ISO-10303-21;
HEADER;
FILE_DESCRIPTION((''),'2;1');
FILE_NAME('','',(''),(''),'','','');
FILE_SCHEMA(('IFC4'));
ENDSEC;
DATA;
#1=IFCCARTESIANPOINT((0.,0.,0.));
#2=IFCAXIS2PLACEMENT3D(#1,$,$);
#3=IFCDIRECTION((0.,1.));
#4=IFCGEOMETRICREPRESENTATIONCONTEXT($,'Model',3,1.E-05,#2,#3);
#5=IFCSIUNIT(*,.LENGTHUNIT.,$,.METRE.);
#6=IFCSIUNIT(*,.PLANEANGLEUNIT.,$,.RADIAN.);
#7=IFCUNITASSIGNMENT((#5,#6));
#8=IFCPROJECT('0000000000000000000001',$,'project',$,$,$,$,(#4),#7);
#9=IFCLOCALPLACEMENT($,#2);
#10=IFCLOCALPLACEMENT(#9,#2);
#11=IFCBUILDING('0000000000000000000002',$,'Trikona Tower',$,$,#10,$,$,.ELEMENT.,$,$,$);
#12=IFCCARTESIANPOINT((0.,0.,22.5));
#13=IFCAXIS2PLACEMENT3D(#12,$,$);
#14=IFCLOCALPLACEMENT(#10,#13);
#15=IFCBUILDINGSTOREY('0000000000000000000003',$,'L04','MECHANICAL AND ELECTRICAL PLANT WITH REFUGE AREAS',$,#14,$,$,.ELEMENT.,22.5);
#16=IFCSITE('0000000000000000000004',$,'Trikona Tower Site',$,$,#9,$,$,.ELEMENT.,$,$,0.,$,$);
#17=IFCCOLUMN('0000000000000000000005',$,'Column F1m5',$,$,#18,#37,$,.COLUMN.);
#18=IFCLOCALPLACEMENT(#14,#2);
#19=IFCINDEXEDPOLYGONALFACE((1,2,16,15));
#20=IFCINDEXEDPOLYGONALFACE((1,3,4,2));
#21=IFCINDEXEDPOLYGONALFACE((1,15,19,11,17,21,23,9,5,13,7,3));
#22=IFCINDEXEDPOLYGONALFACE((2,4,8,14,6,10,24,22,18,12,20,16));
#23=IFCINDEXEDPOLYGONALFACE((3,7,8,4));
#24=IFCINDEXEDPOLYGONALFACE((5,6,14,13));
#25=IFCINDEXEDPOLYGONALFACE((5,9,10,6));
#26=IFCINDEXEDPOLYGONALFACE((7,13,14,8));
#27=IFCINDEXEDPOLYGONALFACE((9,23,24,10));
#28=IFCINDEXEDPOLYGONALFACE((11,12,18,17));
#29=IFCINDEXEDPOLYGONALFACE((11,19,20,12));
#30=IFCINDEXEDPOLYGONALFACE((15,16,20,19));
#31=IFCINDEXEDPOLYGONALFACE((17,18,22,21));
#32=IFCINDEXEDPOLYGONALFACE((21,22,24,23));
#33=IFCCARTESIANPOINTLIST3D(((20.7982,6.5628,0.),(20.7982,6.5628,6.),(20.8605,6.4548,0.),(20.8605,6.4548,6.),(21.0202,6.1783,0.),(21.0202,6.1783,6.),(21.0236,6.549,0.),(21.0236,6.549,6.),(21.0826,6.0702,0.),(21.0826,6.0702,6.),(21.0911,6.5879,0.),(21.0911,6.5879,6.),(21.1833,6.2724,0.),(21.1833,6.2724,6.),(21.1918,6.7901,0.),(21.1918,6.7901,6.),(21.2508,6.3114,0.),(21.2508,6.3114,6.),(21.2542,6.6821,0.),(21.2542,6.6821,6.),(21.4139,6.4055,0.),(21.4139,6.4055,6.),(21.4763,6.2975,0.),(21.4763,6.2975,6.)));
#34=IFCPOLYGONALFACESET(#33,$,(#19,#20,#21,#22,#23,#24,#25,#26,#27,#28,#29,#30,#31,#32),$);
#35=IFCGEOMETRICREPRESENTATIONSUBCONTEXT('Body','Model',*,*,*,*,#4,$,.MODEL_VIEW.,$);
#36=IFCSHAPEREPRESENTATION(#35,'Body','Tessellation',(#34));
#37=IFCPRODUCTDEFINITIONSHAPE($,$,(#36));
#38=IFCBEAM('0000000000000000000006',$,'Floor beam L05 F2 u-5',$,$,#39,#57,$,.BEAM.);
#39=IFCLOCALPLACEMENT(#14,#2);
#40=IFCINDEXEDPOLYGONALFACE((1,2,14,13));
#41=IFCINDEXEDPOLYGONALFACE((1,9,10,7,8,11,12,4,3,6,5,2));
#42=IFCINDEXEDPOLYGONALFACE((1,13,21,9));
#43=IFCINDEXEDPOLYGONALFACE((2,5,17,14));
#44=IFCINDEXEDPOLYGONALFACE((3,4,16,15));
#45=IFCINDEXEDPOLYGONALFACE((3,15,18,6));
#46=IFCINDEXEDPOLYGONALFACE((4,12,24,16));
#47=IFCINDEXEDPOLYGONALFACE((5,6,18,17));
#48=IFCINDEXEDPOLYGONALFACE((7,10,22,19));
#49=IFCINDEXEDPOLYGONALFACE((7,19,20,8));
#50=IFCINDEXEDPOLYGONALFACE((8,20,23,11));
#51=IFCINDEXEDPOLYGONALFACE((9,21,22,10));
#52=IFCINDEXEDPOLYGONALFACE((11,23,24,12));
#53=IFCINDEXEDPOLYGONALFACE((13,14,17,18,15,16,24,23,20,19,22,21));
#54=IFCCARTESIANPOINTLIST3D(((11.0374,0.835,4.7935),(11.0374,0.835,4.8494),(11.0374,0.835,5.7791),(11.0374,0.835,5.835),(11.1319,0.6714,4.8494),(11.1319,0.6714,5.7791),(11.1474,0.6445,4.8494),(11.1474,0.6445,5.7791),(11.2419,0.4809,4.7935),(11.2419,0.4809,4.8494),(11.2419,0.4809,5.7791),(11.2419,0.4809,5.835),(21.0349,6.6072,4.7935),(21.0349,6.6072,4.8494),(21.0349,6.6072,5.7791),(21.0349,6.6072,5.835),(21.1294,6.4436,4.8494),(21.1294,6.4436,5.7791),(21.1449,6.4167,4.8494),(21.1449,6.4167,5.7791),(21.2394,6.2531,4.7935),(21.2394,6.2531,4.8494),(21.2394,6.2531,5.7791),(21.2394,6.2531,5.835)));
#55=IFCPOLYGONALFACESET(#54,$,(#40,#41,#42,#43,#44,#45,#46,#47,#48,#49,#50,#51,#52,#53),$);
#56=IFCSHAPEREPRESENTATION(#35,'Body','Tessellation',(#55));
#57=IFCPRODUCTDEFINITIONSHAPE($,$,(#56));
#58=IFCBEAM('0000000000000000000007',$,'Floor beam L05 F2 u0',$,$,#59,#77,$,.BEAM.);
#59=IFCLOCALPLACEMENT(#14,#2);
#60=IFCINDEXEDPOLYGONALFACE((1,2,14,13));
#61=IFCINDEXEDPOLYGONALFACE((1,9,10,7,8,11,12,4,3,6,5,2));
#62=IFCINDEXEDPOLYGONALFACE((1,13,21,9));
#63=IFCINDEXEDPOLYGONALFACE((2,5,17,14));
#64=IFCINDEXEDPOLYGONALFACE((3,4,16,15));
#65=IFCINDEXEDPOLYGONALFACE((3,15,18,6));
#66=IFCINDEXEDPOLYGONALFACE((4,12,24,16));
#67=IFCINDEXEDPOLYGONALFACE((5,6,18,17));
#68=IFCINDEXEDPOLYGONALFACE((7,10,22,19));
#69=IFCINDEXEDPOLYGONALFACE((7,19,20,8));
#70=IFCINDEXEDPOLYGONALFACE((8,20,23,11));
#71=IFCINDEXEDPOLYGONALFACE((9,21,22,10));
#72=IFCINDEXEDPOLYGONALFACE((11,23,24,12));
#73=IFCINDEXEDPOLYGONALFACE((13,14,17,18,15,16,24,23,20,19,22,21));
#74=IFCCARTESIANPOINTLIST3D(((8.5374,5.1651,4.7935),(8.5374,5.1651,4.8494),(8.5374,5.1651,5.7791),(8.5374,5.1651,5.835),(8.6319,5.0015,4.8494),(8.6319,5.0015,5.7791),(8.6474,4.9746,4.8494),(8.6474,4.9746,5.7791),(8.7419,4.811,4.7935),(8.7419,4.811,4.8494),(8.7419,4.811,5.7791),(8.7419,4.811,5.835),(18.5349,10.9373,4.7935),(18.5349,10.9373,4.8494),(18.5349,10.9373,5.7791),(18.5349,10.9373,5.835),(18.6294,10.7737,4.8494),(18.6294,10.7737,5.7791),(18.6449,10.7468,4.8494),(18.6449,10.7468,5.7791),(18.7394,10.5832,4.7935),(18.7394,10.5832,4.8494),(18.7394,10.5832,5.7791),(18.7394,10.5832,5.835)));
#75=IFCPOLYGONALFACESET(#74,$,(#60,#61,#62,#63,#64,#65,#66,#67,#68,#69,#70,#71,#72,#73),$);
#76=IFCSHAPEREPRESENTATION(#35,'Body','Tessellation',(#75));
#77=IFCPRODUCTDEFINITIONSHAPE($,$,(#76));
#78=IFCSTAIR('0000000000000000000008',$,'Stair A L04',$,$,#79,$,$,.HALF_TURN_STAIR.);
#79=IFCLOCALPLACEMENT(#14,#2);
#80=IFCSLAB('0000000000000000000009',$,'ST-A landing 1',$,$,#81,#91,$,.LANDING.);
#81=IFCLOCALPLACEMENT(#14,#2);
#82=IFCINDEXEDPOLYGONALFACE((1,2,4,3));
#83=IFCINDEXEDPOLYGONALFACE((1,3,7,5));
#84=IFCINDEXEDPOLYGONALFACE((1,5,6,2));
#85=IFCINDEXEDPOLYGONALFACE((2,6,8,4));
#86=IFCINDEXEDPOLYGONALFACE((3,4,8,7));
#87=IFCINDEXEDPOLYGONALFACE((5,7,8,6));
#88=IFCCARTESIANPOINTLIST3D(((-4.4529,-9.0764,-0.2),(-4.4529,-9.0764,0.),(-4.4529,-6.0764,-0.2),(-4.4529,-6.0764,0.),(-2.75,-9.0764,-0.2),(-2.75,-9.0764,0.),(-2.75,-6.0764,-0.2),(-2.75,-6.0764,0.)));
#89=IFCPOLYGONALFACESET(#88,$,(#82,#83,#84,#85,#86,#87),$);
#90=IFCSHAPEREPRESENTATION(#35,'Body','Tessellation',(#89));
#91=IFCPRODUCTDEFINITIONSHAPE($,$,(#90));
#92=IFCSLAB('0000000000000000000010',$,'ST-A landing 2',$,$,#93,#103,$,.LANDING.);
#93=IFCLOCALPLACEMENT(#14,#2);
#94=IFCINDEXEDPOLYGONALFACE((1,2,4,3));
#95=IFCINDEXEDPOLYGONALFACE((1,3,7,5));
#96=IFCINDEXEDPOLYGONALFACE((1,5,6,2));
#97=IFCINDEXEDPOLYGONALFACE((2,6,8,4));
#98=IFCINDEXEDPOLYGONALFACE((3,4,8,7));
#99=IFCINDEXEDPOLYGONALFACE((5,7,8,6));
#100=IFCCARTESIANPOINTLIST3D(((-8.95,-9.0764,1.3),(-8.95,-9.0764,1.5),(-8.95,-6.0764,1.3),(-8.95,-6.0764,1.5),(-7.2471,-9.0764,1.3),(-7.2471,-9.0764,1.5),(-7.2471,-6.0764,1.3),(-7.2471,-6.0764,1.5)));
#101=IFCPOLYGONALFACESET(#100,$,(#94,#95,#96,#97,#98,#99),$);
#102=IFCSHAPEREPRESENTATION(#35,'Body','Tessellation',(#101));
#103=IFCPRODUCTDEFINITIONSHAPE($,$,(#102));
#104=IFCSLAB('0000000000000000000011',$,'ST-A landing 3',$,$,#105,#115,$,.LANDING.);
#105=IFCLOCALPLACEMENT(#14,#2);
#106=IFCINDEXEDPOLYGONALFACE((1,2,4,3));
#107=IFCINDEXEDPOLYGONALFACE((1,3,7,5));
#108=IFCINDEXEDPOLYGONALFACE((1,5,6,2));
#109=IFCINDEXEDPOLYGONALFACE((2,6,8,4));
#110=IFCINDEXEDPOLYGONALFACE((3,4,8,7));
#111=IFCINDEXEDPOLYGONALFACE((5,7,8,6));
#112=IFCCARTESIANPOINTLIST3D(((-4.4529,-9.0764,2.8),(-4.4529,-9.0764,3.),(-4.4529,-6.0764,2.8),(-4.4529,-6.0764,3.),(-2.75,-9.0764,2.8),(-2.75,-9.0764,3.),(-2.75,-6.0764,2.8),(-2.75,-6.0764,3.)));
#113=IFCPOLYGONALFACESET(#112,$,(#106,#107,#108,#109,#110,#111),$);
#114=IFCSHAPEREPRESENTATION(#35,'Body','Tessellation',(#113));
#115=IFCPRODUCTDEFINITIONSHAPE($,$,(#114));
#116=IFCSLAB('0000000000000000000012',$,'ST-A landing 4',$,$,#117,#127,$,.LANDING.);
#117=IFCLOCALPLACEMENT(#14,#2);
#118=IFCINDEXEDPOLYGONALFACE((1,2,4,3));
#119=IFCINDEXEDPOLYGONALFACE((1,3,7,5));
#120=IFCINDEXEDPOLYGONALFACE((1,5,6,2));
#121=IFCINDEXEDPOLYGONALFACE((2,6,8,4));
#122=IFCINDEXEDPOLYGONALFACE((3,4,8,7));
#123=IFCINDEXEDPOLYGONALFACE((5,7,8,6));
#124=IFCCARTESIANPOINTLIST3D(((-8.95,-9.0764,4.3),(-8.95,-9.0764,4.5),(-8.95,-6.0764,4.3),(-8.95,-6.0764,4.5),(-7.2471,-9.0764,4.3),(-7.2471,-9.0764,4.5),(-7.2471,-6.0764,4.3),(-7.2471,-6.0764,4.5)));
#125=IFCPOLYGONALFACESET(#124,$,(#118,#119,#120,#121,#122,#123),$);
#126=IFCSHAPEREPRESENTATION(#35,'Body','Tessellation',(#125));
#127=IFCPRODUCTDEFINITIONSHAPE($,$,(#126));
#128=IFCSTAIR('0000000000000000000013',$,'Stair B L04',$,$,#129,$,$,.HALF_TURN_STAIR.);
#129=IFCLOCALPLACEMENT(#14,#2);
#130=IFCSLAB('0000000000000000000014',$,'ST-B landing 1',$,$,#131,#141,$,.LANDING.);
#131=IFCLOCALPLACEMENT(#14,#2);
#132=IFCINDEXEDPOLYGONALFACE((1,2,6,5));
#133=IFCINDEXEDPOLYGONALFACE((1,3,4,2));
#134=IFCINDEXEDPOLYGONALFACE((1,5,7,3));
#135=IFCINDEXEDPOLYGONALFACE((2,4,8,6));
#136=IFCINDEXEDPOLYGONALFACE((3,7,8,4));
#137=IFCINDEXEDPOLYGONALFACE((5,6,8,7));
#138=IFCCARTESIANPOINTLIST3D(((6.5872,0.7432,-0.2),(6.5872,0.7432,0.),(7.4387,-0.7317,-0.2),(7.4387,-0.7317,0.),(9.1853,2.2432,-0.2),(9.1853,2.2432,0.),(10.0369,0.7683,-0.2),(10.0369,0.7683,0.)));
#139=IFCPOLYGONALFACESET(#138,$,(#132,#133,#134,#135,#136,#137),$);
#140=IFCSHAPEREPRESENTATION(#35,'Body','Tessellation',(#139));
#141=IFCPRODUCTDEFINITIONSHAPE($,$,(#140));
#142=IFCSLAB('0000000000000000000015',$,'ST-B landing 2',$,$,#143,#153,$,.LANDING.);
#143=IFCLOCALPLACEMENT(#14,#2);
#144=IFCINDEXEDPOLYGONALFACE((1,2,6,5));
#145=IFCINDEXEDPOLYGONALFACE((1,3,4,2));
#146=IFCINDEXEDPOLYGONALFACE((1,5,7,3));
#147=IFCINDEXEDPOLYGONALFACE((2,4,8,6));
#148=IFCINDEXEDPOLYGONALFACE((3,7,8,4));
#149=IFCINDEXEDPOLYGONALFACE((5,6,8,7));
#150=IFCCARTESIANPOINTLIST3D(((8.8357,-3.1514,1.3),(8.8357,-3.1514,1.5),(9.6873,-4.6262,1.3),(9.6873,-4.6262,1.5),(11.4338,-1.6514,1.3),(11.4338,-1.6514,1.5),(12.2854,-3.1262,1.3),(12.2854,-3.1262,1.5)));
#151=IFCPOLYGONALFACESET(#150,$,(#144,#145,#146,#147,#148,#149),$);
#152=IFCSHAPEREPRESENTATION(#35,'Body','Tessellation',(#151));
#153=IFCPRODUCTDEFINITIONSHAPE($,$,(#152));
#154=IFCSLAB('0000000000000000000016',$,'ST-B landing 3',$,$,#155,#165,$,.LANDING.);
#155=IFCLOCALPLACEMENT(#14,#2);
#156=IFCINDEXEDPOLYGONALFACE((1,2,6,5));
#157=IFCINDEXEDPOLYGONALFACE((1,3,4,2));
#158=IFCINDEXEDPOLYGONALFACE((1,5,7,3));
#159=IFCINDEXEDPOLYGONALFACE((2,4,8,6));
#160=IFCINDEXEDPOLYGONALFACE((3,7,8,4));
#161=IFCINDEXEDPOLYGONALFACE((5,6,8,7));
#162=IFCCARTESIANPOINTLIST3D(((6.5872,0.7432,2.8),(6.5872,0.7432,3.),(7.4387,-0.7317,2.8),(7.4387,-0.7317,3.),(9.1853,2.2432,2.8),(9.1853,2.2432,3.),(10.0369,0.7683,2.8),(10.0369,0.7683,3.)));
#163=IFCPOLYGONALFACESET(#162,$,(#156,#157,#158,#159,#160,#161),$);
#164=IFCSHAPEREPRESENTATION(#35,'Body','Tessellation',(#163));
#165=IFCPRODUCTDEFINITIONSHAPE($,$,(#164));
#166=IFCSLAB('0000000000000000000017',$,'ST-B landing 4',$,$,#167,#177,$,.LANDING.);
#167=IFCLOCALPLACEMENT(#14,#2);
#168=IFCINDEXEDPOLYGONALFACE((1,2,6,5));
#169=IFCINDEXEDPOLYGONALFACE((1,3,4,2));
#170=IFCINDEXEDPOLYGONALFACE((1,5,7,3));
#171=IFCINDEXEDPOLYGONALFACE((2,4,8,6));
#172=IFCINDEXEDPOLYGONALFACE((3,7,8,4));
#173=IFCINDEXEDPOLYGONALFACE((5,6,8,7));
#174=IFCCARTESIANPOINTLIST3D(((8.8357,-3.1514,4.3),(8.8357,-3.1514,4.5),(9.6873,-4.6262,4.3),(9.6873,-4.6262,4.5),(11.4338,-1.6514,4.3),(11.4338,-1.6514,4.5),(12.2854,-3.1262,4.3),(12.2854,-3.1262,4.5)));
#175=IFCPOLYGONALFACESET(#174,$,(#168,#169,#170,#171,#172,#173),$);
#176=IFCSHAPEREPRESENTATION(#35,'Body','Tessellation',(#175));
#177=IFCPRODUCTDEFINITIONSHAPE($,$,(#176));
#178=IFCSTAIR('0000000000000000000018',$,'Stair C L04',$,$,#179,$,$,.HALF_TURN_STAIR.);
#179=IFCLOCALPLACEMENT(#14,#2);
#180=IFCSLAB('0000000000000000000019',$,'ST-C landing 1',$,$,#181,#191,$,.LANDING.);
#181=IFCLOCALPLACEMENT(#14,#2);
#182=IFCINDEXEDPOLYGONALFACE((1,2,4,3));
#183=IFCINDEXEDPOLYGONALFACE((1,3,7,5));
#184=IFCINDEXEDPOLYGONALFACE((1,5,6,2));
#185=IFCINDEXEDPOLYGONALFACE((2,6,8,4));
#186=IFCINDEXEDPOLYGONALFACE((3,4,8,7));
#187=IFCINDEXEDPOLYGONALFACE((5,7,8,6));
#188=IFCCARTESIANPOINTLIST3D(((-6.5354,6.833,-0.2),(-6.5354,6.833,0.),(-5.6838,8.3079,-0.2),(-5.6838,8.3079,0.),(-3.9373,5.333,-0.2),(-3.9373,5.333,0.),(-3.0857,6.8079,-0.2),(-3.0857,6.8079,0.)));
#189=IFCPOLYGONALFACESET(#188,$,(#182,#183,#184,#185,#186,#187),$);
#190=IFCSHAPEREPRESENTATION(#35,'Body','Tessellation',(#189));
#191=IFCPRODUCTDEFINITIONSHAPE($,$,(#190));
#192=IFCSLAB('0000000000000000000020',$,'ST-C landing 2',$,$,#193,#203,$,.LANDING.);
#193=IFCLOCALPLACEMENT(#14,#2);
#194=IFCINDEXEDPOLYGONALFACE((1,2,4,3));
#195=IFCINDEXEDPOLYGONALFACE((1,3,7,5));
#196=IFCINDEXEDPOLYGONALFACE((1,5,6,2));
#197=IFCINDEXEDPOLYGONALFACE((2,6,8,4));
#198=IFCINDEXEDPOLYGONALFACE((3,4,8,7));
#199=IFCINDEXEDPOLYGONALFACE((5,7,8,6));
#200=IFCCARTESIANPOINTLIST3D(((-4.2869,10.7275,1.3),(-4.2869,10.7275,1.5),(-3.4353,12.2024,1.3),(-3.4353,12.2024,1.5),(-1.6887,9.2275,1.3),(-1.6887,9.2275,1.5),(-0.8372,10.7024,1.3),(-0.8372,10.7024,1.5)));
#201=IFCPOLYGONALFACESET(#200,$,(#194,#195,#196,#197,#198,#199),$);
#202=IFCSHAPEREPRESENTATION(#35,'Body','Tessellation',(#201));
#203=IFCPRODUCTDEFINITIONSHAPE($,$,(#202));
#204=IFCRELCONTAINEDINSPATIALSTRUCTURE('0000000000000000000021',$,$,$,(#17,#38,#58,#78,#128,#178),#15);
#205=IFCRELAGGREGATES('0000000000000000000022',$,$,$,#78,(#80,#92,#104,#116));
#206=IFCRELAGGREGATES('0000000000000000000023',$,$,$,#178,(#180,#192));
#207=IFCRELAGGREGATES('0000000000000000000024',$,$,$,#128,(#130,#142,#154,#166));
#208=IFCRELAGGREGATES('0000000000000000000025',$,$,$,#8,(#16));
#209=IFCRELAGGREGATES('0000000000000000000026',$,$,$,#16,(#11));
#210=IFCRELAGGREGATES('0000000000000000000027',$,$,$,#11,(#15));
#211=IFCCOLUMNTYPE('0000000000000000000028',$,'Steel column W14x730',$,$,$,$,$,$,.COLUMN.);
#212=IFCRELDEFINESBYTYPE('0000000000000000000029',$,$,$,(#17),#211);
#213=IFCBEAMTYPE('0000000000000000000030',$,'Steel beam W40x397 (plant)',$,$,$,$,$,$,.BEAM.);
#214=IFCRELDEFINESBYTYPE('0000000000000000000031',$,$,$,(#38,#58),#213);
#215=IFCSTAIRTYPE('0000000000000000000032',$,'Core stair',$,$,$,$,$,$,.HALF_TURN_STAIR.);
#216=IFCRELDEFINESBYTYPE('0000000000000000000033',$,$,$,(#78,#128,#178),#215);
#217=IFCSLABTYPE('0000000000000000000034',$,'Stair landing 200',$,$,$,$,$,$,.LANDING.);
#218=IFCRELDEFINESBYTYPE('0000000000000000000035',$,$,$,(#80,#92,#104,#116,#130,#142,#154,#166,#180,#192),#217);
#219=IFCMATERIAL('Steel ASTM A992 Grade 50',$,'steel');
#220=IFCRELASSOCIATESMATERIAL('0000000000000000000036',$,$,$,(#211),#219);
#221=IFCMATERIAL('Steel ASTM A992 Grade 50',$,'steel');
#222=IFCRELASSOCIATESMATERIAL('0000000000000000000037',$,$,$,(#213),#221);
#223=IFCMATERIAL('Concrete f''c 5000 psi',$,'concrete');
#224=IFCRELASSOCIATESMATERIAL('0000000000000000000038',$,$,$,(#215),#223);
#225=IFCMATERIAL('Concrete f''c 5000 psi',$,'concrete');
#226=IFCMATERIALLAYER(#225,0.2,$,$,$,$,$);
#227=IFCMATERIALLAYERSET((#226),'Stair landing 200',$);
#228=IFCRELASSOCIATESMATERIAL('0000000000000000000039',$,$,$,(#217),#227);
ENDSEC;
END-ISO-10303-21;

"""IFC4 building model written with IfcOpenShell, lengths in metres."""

from ifc_helpers import new_model, si_unit, direction, frame, origin, origin_2d, place, context, subcontext, project, spatial, polyline, i_section, outline, extrude, material, layer, layer_set, material_profile, profile_set, type_object, element, aggregate, save


model = new_model("IFC4")

# Units and contexts
model_context = context("Model", 3, precision=1e-05, world=origin(), true_north=direction((0.0, 1.0)))
body_context = subcontext(model_context, "Body", "Model", "MODEL_VIEW")
ifc_project = project(units=[si_unit("LENGTHUNIT", "METRE"), si_unit("PLANEANGLEUNIT", "RADIAN")], contexts=[model_context])

# Site, building, storey
site_placement = place(None, origin())
site = spatial("IfcSite", under=ifc_project, at=site_placement, Name="Trikona Tower Site", CompositionType="ELEMENT", RefElevation=0.0)
building_placement = place(site_placement, origin())
building = spatial("IfcBuilding", under=site, at=building_placement, Name="Trikona Tower", CompositionType="ELEMENT")
storey_placement = place(building_placement, frame((0.0, 0.0, 22.5)))
storey = spatial("IfcBuildingStorey", under=building, at=storey_placement, Name="L04", Description="MECHANICAL AND ELECTRICAL PLANT WITH REFUGE AREAS", CompositionType="ELEMENT", Elevation=22.5)

# Column
ifc_material_1 = material(Name="Steel ASTM A992 Grade 50", Category="steel")
ifc_material_profile_1 = material_profile(ifc_material_1, i_section(OverallWidth=0.4546, OverallDepth=0.5688, WebThickness=0.0779, FlangeThickness=0.1248, at=origin_2d()), Name="W14X730")
ifc_profile_set_1 = profile_set([ifc_material_profile_1], Name="Steel ASTM A992 Grade 50")
column_type = type_object("IfcColumnType", Name="Steel column W14x730", PredefinedType="COLUMN", material=ifc_profile_set_1)
column_placement = place(storey_placement, frame((21.1372, 6.4302, 0.0), z_axis=(0.0, 0.0, 1.0), x_axis=(0.866025, 0.5, 0.0)))
element("IfcColumn", 1, at=column_placement, inside=storey, type_object=column_type, Name="Column F1m5", PredefinedType="COLUMN", context=body_context, shape_type="SweptSolid", body=[
    extrude(i_section(OverallWidth=0.4546, OverallDepth=0.5688, WebThickness=0.0779, FlangeThickness=0.1248, at=origin_2d()), origin(), (0.0, 0.0, 1.0), 6.0),
])

# Beams
ifc_material_2 = material(Name="Steel ASTM A992 Grade 50", Category="steel")
ifc_material_profile_2 = material_profile(ifc_material_2, i_section(OverallWidth=0.4089, OverallDepth=1.0415, WebThickness=0.031, FlangeThickness=0.0559, at=origin_2d()), Name="W40X397")
ifc_profile_set_2 = profile_set([ifc_material_profile_2], Name="Steel ASTM A992 Grade 50")
beam_type = type_object("IfcBeamType", Name="Steel beam W40x397 (plant)", PredefinedType="BEAM", material=ifc_profile_set_2)
for number, where, z_axis, x_axis, name in (
    (2, (11.1396, 0.658, 5.3142), (0.866021, 0.500008, 0.0), (-0.500008, 0.866021, 0.0), "Floor beam L05 F2 u-5"),
    (3, (8.6396, 4.988, 5.3142), (0.866021, 0.500008, 0.0), (-0.500008, 0.866021, 0.0), "Floor beam L05 F2 u0"),
):
    element("IfcBeam", number, at=place(storey_placement, frame(where, z_axis=z_axis, x_axis=x_axis)), inside=storey, type_object=beam_type, Name=name, PredefinedType="BEAM", context=body_context, shape_type="SweptSolid", body=[
        extrude(i_section(OverallWidth=0.4089, OverallDepth=1.0415, WebThickness=0.031, FlangeThickness=0.0559, at=origin_2d()), origin(), (0.0, 0.0, 1.0), 11.5442),
    ])

# Stairs, slabs
ifc_material_3 = material(Name="Concrete f'c 5000 psi", Category="concrete")
stair_type = type_object("IfcStairType", Name="Core stair", PredefinedType="HALF_TURN_STAIR", material=ifc_material_3)
stair_1_placement = place(storey_placement, origin())
stair_1 = element("IfcStair", 4, at=stair_1_placement, inside=storey, type_object=stair_type, Name="Stair A L04", PredefinedType="HALF_TURN_STAIR")
ifc_material_4 = material(Name="Concrete f'c 5000 psi", Category="concrete")
ifc_layer_1 = layer(ifc_material_4, 0.2)
ifc_layer_set_1 = layer_set([ifc_layer_1], Name="Stair landing 200")
slab_type_1 = type_object("IfcSlabType", Name="Stair landing 200", PredefinedType="LANDING", material=ifc_layer_set_1)
slab_1_placement = place(storey_placement, frame((0.0, 0.0, -0.2)))
slab_1 = element("IfcSlab", 5, at=slab_1_placement, type_object=slab_type_1, Name="ST-A landing 1", PredefinedType="LANDING", context=body_context, shape_type="SweptSolid", body=[
    extrude(outline(polyline([(-4.4529, -6.0764), (-2.75, -6.0764), (-2.75, -9.0764), (-4.4529, -9.0764), (-4.4529, -6.0764)])), origin(), (0.0, 0.0, 1.0), 0.2),
])
slab_2_placement = place(storey_placement, frame((0.0, 0.0, 1.3)))
slab_2 = element("IfcSlab", 6, at=slab_2_placement, type_object=slab_type_1, Name="ST-A landing 2", PredefinedType="LANDING", context=body_context, shape_type="SweptSolid", body=[
    extrude(outline(polyline([(-8.95, -6.0764), (-7.2471, -6.0764), (-7.2471, -9.0764), (-8.95, -9.0764), (-8.95, -6.0764)])), origin(), (0.0, 0.0, 1.0), 0.2),
])
slab_3_placement = place(storey_placement, frame((0.0, 0.0, 2.8)))
slab_3 = element("IfcSlab", 7, at=slab_3_placement, type_object=slab_type_1, Name="ST-A landing 3", PredefinedType="LANDING", context=body_context, shape_type="SweptSolid", body=[
    extrude(outline(polyline([(-4.4529, -6.0764), (-2.75, -6.0764), (-2.75, -9.0764), (-4.4529, -9.0764), (-4.4529, -6.0764)])), origin(), (0.0, 0.0, 1.0), 0.2),
])
slab_4_placement = place(storey_placement, frame((0.0, 0.0, 4.3)))
slab_4 = element("IfcSlab", 8, at=slab_4_placement, type_object=slab_type_1, Name="ST-A landing 4", PredefinedType="LANDING", context=body_context, shape_type="SweptSolid", body=[
    extrude(outline(polyline([(-8.95, -6.0764), (-7.2471, -6.0764), (-7.2471, -9.0764), (-8.95, -9.0764), (-8.95, -6.0764)])), origin(), (0.0, 0.0, 1.0), 0.2),
])
aggregate(stair_1, [slab_1, slab_2, slab_3, slab_4])
stair_2_placement = place(storey_placement, origin())
stair_2 = element("IfcStair", 9, at=stair_2_placement, inside=storey, type_object=stair_type, Name="Stair B L04", PredefinedType="HALF_TURN_STAIR")
slab_5_placement = place(storey_placement, frame((0.0, 0.0, -0.2)))
slab_5 = element("IfcSlab", 10, at=slab_5_placement, type_object=slab_type_1, Name="ST-B landing 1", PredefinedType="LANDING", context=body_context, shape_type="SweptSolid", body=[
    extrude(outline(polyline([(7.4387, -0.7317), (6.5872, 0.7432), (9.1853, 2.2432), (10.0369, 0.7683), (7.4387, -0.7317)])), origin(), (0.0, 0.0, 1.0), 0.2),
])
slab_6_placement = place(storey_placement, frame((0.0, 0.0, 1.3)))
slab_6 = element("IfcSlab", 11, at=slab_6_placement, type_object=slab_type_1, Name="ST-B landing 2", PredefinedType="LANDING", context=body_context, shape_type="SweptSolid", body=[
    extrude(outline(polyline([(9.6873, -4.6262), (8.8357, -3.1514), (11.4338, -1.6514), (12.2854, -3.1262), (9.6873, -4.6262)])), origin(), (0.0, 0.0, 1.0), 0.2),
])
slab_7_placement = place(storey_placement, frame((0.0, 0.0, 2.8)))
slab_7 = element("IfcSlab", 12, at=slab_7_placement, type_object=slab_type_1, Name="ST-B landing 3", PredefinedType="LANDING", context=body_context, shape_type="SweptSolid", body=[
    extrude(outline(polyline([(7.4387, -0.7317), (6.5872, 0.7432), (9.1853, 2.2432), (10.0369, 0.7683), (7.4387, -0.7317)])), origin(), (0.0, 0.0, 1.0), 0.2),
])
slab_8_placement = place(storey_placement, frame((0.0, 0.0, 4.3)))
slab_8 = element("IfcSlab", 13, at=slab_8_placement, type_object=slab_type_1, Name="ST-B landing 4", PredefinedType="LANDING", context=body_context, shape_type="SweptSolid", body=[
    extrude(outline(polyline([(9.6873, -4.6262), (8.8357, -3.1514), (11.4338, -1.6514), (12.2854, -3.1262), (9.6873, -4.6262)])), origin(), (0.0, 0.0, 1.0), 0.2),
])
stair_3_placement = place(storey_placement, origin())
stair_3 = element("IfcStair", 14, at=stair_3_placement, inside=storey, type_object=stair_type, Name="Stair C L04", PredefinedType="HALF_TURN_STAIR")
slab_9_placement = place(storey_placement, frame((0.0, 0.0, -0.2)))
slab_9 = element("IfcSlab", 15, at=slab_9_placement, type_object=slab_type_1, Name="ST-C landing 1", PredefinedType="LANDING", context=body_context, shape_type="SweptSolid", body=[
    extrude(outline(polyline([(-3.0857, 6.8079), (-3.9373, 5.333), (-6.5354, 6.833), (-5.6838, 8.3079), (-3.0857, 6.8079)])), origin(), (0.0, 0.0, 1.0), 0.2),
])
slab_10_placement = place(storey_placement, frame((0.0, 0.0, 1.3)))
slab_10 = element("IfcSlab", 16, at=slab_10_placement, type_object=slab_type_1, Name="ST-C landing 2", PredefinedType="LANDING", context=body_context, shape_type="SweptSolid", body=[
    extrude(outline(polyline([(-0.8372, 10.7024), (-1.6887, 9.2275), (-4.2869, 10.7275), (-3.4353, 12.2024), (-0.8372, 10.7024)])), origin(), (0.0, 0.0, 1.0), 0.2),
])
aggregate(stair_3, [slab_9, slab_10])

aggregate(stair_2, [slab_5, slab_6, slab_7, slab_8])

save(model, "model.ifc")
